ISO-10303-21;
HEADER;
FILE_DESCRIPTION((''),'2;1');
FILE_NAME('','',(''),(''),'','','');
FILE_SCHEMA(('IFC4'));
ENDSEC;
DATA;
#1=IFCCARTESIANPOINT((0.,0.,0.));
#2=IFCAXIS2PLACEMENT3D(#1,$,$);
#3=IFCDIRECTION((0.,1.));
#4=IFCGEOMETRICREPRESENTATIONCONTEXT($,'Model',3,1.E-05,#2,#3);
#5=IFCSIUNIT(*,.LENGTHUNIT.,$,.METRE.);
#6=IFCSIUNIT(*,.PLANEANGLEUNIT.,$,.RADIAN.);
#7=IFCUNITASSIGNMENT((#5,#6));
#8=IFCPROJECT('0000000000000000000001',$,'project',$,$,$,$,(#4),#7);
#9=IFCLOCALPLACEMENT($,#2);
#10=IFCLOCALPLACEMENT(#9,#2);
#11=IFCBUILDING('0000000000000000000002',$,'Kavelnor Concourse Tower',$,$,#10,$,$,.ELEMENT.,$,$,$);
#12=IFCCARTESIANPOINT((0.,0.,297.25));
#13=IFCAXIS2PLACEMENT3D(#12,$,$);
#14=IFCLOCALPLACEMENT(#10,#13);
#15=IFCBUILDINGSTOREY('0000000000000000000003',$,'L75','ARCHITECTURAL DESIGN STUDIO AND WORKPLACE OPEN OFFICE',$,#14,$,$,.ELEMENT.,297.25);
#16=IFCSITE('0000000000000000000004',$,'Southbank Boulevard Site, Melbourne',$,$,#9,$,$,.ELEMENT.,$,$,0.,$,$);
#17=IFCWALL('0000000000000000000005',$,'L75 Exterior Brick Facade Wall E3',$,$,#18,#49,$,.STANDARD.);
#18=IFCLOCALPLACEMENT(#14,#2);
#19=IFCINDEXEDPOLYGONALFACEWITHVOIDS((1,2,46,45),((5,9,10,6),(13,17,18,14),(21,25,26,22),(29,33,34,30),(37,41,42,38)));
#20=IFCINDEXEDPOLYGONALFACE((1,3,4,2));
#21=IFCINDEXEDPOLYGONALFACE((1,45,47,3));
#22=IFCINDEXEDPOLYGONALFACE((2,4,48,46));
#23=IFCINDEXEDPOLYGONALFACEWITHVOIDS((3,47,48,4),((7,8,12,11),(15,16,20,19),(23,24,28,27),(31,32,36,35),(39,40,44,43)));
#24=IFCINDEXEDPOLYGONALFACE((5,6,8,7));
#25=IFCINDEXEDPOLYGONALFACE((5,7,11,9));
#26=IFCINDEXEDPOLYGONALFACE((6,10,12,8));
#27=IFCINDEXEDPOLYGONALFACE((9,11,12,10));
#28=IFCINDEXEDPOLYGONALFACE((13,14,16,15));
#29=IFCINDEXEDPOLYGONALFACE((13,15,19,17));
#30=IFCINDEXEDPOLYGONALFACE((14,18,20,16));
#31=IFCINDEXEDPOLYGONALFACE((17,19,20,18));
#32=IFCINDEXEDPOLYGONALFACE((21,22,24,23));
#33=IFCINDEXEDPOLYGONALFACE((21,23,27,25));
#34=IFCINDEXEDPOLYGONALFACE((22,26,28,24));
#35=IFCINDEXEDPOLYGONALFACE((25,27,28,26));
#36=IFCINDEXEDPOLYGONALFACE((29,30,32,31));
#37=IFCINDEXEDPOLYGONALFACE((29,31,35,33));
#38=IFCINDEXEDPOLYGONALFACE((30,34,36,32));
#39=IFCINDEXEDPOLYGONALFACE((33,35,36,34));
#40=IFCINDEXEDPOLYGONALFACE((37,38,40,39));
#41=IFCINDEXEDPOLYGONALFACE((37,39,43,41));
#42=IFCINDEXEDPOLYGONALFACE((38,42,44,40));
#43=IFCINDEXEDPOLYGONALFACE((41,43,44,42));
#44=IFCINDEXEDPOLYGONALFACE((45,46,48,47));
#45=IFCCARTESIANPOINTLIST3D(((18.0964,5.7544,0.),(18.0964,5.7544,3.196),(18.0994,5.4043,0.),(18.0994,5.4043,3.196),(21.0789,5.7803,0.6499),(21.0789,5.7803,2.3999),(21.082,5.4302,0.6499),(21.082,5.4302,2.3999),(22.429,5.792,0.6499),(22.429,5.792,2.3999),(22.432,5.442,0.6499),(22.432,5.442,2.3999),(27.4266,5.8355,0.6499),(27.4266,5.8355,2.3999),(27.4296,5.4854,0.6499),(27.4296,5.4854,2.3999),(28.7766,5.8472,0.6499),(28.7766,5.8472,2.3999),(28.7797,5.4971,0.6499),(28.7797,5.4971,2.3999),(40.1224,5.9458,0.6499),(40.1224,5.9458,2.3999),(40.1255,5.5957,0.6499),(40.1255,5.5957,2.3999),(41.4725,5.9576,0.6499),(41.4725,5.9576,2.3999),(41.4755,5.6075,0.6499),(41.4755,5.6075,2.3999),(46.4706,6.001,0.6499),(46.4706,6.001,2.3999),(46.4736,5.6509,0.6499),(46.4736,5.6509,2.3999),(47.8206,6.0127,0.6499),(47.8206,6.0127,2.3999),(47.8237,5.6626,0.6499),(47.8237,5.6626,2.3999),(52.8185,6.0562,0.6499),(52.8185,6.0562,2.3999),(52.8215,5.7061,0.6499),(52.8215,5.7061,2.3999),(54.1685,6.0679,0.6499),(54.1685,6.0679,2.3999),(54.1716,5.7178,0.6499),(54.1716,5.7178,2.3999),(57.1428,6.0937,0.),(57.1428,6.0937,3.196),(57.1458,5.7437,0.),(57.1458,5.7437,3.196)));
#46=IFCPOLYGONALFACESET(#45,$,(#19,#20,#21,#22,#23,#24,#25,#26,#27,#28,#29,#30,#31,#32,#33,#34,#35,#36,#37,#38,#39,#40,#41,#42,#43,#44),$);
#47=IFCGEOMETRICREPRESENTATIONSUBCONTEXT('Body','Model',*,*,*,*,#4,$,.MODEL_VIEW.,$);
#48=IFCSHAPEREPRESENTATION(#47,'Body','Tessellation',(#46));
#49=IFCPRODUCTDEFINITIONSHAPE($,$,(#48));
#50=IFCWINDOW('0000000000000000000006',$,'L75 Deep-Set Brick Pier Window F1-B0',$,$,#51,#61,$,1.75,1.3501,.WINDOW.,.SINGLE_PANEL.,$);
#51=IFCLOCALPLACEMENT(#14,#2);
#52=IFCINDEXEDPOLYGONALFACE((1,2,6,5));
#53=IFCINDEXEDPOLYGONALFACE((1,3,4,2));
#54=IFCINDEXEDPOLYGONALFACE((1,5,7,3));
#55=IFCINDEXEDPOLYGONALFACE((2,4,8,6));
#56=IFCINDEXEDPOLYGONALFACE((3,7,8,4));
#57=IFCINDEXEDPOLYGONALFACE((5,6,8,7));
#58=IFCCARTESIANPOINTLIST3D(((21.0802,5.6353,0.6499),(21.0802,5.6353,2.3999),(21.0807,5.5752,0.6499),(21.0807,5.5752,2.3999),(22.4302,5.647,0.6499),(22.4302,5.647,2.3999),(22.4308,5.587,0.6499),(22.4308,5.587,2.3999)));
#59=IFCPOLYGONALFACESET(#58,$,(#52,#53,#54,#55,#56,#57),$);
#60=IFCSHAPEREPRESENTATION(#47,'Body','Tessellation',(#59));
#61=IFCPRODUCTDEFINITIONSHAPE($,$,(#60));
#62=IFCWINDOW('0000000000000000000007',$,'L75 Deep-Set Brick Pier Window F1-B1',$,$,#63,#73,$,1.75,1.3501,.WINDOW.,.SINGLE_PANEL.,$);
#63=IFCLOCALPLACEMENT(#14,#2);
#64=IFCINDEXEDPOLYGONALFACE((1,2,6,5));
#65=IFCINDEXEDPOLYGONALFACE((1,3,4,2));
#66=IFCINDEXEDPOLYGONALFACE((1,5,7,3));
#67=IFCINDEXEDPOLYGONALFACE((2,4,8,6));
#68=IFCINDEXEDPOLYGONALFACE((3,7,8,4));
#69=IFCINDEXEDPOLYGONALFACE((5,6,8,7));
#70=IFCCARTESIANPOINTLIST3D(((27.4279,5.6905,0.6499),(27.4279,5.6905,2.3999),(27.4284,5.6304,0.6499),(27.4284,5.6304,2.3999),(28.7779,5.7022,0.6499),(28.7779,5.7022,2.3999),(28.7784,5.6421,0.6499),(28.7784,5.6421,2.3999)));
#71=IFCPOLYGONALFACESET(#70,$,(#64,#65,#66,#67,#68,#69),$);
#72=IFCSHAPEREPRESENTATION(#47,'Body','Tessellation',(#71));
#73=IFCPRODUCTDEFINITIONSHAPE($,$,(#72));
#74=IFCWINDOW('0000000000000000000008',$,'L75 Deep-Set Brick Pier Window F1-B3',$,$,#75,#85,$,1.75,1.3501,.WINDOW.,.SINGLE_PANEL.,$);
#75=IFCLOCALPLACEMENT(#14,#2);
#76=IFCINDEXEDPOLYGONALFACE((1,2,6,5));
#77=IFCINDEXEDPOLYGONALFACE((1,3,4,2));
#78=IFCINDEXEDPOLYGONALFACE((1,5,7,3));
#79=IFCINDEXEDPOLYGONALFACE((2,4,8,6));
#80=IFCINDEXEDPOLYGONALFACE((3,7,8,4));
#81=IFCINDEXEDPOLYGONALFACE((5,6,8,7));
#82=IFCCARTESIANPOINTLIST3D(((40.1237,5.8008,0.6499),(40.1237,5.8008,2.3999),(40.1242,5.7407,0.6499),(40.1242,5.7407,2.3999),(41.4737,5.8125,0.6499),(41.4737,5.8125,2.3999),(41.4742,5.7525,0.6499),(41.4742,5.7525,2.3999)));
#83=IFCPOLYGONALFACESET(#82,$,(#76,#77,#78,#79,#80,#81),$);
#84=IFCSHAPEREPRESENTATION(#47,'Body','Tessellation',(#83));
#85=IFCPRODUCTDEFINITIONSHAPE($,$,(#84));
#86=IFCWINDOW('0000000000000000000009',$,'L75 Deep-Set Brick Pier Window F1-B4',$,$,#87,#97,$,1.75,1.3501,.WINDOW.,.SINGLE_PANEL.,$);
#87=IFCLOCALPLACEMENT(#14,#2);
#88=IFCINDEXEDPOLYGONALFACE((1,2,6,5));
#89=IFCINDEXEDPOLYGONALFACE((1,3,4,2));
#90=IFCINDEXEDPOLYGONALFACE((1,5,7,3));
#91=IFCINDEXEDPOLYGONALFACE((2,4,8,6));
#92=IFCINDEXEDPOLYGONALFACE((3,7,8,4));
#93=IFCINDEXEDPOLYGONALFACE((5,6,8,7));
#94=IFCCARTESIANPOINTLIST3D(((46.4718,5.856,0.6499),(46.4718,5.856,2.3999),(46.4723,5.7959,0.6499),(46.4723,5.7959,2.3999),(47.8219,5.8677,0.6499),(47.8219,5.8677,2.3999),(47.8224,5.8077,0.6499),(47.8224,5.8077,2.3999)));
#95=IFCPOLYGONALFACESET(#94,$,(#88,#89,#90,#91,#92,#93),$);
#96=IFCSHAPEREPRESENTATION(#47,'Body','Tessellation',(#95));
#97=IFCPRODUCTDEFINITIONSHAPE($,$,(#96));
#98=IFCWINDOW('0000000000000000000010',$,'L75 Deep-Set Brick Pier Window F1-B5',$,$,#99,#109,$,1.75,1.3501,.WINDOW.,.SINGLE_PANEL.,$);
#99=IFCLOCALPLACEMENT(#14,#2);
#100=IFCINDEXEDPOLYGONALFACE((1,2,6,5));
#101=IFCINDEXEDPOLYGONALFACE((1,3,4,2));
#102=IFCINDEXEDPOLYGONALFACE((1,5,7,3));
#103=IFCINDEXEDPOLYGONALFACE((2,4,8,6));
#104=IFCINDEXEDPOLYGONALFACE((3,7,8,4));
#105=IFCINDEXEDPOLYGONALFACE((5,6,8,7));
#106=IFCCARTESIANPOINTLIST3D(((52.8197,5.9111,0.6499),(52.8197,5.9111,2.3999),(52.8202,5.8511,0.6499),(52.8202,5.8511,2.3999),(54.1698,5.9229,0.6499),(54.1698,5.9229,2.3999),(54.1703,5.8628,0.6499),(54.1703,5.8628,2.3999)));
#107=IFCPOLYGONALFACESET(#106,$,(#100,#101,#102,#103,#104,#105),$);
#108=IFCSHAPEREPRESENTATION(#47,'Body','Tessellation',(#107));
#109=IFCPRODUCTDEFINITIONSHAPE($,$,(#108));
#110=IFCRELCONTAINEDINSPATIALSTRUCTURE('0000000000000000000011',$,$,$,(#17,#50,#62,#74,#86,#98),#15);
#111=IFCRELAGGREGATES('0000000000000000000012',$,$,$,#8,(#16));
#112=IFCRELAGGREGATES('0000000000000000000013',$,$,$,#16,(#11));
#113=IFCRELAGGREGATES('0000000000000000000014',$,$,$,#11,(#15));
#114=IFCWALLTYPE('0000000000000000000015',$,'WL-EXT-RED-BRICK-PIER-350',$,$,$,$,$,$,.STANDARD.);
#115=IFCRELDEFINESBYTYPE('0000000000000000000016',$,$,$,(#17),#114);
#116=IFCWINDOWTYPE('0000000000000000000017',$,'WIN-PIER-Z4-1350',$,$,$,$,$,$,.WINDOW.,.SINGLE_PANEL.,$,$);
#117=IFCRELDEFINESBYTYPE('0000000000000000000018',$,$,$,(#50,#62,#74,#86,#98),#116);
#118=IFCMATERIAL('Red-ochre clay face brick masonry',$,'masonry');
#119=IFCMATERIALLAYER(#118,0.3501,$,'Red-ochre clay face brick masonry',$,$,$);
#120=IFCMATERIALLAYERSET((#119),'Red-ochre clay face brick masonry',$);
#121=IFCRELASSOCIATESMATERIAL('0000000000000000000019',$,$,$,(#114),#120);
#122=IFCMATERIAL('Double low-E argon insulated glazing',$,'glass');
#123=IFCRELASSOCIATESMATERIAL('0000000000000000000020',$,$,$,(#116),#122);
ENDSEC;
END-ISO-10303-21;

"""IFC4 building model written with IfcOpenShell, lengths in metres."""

from ifc_helpers import new_model, si_unit, direction, frame, frame_2d, origin, place, context, subcontext, project, spatial, rectangle, extrude, material, layer, layer_set, type_object, element, fill, save


model = new_model("IFC4")

# Units and contexts
model_context = context("Model", 3, precision=1e-05, world=origin(), true_north=direction((0.0, 1.0)))
body_context = subcontext(model_context, "Body", "Model", "MODEL_VIEW")
ifc_project = project(units=[si_unit("LENGTHUNIT", "METRE"), si_unit("PLANEANGLEUNIT", "RADIAN")], contexts=[model_context])

# Site, building, storey
site_placement = place(None, origin())
site = spatial("IfcSite", under=ifc_project, at=site_placement, Name="Southbank Boulevard Site, Melbourne", CompositionType="ELEMENT", RefElevation=0.0)
building_placement = place(site_placement, origin())
building = spatial("IfcBuilding", under=site, at=building_placement, Name="Kavelnor Concourse Tower", CompositionType="ELEMENT")
storey_placement = place(building_placement, frame((0.0, 0.0, 297.25)))
storey = spatial("IfcBuildingStorey", under=building, at=storey_placement, Name="L75", Description="ARCHITECTURAL DESIGN STUDIO AND WORKPLACE OPEN OFFICE", CompositionType="ELEMENT", Elevation=297.25)

# Shared definitions
ifc_material_1 = material(Name="Double low-E argon insulated glazing", Category="glass")

# Wall, openings, windows
ifc_material_2 = material(Name="Red-ochre clay face brick masonry", Category="masonry")
ifc_layer_1 = layer(ifc_material_2, 0.3501, Name="Red-ochre clay face brick masonry")
ifc_layer_set_1 = layer_set([ifc_layer_1], Name="Red-ochre clay face brick masonry")
wall_type_1 = type_object("IfcWallType", Name="WL-EXT-RED-BRICK-PIER-350", PredefinedType="STANDARD", material=ifc_layer_set_1)
wall_1_placement = place(storey_placement, frame((57.1443, 5.9187, 0.0), z_axis=(0.0, 0.0, 1.0), x_axis=(-0.999962, -0.008691, 0.0)))
wall_1 = element("IfcWall", 1, at=wall_1_placement, inside=storey, type_object=wall_type_1, Name="L75 Exterior Brick Facade Wall E3", PredefinedType="STANDARD", context=body_context, shape_type="SweptSolid", body=[
    extrude(rectangle(XDim=39.0479, YDim=0.3501, at=frame_2d((19.5239, 0.0))), origin(), (0.0, 0.0, 1.0), 3.196),
])
opening_1_placement = place(wall_1_placement, frame((34.7151, 0.0, 0.6499)))
opening_1 = element("IfcOpeningElement", 2, at=opening_1_placement, cuts=wall_1, PredefinedType="OPENING", context=body_context, shape_type="SweptSolid", body=[
    extrude(rectangle(XDim=1.3501, YDim=1.75, at=frame_2d((0.675, 0.875))), frame((0.0, 0.1851, 0.0), z_axis=(0.0, -1.0, 0.0), x_axis=(1.0, 0.0, 0.0)), (0.0, 0.0, 1.0), 0.3701),
])
opening_2_placement = place(wall_1_placement, frame((28.3672, 0.0, 0.6499)))
opening_2 = element("IfcOpeningElement", 3, at=opening_2_placement, cuts=wall_1, PredefinedType="OPENING", context=body_context, shape_type="SweptSolid", body=[
    extrude(rectangle(XDim=1.3501, YDim=1.75, at=frame_2d((0.675, 0.875))), frame((0.0, 0.1851, 0.0), z_axis=(0.0, -1.0, 0.0), x_axis=(1.0, 0.0, 0.0)), (0.0, 0.0, 1.0), 0.3701),
])
opening_3_placement = place(wall_1_placement, frame((15.6709, 0.0, 0.6499)))
opening_3 = element("IfcOpeningElement", 4, at=opening_3_placement, cuts=wall_1, PredefinedType="OPENING", context=body_context, shape_type="SweptSolid", body=[
    extrude(rectangle(XDim=1.3501, YDim=1.75, at=frame_2d((0.675, 0.875))), frame((0.0, 0.1851, 0.0), z_axis=(0.0, -1.0, 0.0), x_axis=(1.0, 0.0, 0.0)), (0.0, 0.0, 1.0), 0.3701),
])
opening_4_placement = place(wall_1_placement, frame((9.3225, 0.0, 0.6499)))
opening_4 = element("IfcOpeningElement", 5, at=opening_4_placement, cuts=wall_1, PredefinedType="OPENING", context=body_context, shape_type="SweptSolid", body=[
    extrude(rectangle(XDim=1.3501, YDim=1.75, at=frame_2d((0.675, 0.875))), frame((0.0, 0.1851, 0.0), z_axis=(0.0, -1.0, 0.0), x_axis=(1.0, 0.0, 0.0)), (0.0, 0.0, 1.0), 0.3701),
])
opening_5_placement = place(wall_1_placement, frame((2.9744, 0.0, 0.6499)))
opening_5 = element("IfcOpeningElement", 6, at=opening_5_placement, cuts=wall_1, PredefinedType="OPENING", context=body_context, shape_type="SweptSolid", body=[
    extrude(rectangle(XDim=1.3501, YDim=1.75, at=frame_2d((0.675, 0.875))), frame((0.0, 0.1851, 0.0), z_axis=(0.0, -1.0, 0.0), x_axis=(1.0, 0.0, 0.0)), (0.0, 0.0, 1.0), 0.3701),
])
window_type_1 = type_object("IfcWindowType", Name="WIN-PIER-Z4-1350", PartitioningType="SINGLE_PANEL", PredefinedType="WINDOW", material=ifc_material_1)
window_1_placement = place(opening_1_placement, origin())
window_1 = element("IfcWindow", 7, at=window_1_placement, inside=storey, type_object=window_type_1, Name="L75 Deep-Set Brick Pier Window F1-B0", OverallHeight=1.75, OverallWidth=1.3501, PartitioningType="SINGLE_PANEL", PredefinedType="WINDOW", context=body_context, shape_type="SweptSolid", body=[
    extrude(rectangle(XDim=1.3501, YDim=1.75, at=frame_2d((0.675, 0.875))), frame((0.0, 0.03, 0.0), z_axis=(0.0, -1.0, 0.0), x_axis=(1.0, 0.0, 0.0)), (0.0, 0.0, 1.0), 0.0601),
])
fill(opening_1, window_1)
window_2_placement = place(opening_2_placement, origin())
window_2 = element("IfcWindow", 8, at=window_2_placement, inside=storey, type_object=window_type_1, Name="L75 Deep-Set Brick Pier Window F1-B1", OverallHeight=1.75, OverallWidth=1.3501, PartitioningType="SINGLE_PANEL", PredefinedType="WINDOW", context=body_context, shape_type="SweptSolid", body=[
    extrude(rectangle(XDim=1.3501, YDim=1.75, at=frame_2d((0.675, 0.875))), frame((0.0, 0.03, 0.0), z_axis=(0.0, -1.0, 0.0), x_axis=(1.0, 0.0, 0.0)), (0.0, 0.0, 1.0), 0.0601),
])
fill(opening_2, window_2)
window_3_placement = place(opening_3_placement, origin())
window_3 = element("IfcWindow", 9, at=window_3_placement, inside=storey, type_object=window_type_1, Name="L75 Deep-Set Brick Pier Window F1-B3", OverallHeight=1.75, OverallWidth=1.3501, PartitioningType="SINGLE_PANEL", PredefinedType="WINDOW", context=body_context, shape_type="SweptSolid", body=[
    extrude(rectangle(XDim=1.3501, YDim=1.75, at=frame_2d((0.675, 0.875))), frame((0.0, 0.03, 0.0), z_axis=(0.0, -1.0, 0.0), x_axis=(1.0, 0.0, 0.0)), (0.0, 0.0, 1.0), 0.0601),
])
fill(opening_3, window_3)
window_4_placement = place(opening_4_placement, origin())
window_4 = element("IfcWindow", 10, at=window_4_placement, inside=storey, type_object=window_type_1, Name="L75 Deep-Set Brick Pier Window F1-B4", OverallHeight=1.75, OverallWidth=1.3501, PartitioningType="SINGLE_PANEL", PredefinedType="WINDOW", context=body_context, shape_type="SweptSolid", body=[
    extrude(rectangle(XDim=1.3501, YDim=1.75, at=frame_2d((0.675, 0.875))), frame((0.0, 0.03, 0.0), z_axis=(0.0, -1.0, 0.0), x_axis=(1.0, 0.0, 0.0)), (0.0, 0.0, 1.0), 0.0601),
])
fill(opening_4, window_4)
window_5_placement = place(opening_5_placement, origin())
window_5 = element("IfcWindow", 11, at=window_5_placement, inside=storey, type_object=window_type_1, Name="L75 Deep-Set Brick Pier Window F1-B5", OverallHeight=1.75, OverallWidth=1.3501, PartitioningType="SINGLE_PANEL", PredefinedType="WINDOW", context=body_context, shape_type="SweptSolid", body=[
    extrude(rectangle(XDim=1.3501, YDim=1.75, at=frame_2d((0.675, 0.875))), frame((0.0, 0.03, 0.0), z_axis=(0.0, -1.0, 0.0), x_axis=(1.0, 0.0, 0.0)), (0.0, 0.0, 1.0), 0.0601),
])
fill(opening_5, window_5)

save(model, "model.ifc")
